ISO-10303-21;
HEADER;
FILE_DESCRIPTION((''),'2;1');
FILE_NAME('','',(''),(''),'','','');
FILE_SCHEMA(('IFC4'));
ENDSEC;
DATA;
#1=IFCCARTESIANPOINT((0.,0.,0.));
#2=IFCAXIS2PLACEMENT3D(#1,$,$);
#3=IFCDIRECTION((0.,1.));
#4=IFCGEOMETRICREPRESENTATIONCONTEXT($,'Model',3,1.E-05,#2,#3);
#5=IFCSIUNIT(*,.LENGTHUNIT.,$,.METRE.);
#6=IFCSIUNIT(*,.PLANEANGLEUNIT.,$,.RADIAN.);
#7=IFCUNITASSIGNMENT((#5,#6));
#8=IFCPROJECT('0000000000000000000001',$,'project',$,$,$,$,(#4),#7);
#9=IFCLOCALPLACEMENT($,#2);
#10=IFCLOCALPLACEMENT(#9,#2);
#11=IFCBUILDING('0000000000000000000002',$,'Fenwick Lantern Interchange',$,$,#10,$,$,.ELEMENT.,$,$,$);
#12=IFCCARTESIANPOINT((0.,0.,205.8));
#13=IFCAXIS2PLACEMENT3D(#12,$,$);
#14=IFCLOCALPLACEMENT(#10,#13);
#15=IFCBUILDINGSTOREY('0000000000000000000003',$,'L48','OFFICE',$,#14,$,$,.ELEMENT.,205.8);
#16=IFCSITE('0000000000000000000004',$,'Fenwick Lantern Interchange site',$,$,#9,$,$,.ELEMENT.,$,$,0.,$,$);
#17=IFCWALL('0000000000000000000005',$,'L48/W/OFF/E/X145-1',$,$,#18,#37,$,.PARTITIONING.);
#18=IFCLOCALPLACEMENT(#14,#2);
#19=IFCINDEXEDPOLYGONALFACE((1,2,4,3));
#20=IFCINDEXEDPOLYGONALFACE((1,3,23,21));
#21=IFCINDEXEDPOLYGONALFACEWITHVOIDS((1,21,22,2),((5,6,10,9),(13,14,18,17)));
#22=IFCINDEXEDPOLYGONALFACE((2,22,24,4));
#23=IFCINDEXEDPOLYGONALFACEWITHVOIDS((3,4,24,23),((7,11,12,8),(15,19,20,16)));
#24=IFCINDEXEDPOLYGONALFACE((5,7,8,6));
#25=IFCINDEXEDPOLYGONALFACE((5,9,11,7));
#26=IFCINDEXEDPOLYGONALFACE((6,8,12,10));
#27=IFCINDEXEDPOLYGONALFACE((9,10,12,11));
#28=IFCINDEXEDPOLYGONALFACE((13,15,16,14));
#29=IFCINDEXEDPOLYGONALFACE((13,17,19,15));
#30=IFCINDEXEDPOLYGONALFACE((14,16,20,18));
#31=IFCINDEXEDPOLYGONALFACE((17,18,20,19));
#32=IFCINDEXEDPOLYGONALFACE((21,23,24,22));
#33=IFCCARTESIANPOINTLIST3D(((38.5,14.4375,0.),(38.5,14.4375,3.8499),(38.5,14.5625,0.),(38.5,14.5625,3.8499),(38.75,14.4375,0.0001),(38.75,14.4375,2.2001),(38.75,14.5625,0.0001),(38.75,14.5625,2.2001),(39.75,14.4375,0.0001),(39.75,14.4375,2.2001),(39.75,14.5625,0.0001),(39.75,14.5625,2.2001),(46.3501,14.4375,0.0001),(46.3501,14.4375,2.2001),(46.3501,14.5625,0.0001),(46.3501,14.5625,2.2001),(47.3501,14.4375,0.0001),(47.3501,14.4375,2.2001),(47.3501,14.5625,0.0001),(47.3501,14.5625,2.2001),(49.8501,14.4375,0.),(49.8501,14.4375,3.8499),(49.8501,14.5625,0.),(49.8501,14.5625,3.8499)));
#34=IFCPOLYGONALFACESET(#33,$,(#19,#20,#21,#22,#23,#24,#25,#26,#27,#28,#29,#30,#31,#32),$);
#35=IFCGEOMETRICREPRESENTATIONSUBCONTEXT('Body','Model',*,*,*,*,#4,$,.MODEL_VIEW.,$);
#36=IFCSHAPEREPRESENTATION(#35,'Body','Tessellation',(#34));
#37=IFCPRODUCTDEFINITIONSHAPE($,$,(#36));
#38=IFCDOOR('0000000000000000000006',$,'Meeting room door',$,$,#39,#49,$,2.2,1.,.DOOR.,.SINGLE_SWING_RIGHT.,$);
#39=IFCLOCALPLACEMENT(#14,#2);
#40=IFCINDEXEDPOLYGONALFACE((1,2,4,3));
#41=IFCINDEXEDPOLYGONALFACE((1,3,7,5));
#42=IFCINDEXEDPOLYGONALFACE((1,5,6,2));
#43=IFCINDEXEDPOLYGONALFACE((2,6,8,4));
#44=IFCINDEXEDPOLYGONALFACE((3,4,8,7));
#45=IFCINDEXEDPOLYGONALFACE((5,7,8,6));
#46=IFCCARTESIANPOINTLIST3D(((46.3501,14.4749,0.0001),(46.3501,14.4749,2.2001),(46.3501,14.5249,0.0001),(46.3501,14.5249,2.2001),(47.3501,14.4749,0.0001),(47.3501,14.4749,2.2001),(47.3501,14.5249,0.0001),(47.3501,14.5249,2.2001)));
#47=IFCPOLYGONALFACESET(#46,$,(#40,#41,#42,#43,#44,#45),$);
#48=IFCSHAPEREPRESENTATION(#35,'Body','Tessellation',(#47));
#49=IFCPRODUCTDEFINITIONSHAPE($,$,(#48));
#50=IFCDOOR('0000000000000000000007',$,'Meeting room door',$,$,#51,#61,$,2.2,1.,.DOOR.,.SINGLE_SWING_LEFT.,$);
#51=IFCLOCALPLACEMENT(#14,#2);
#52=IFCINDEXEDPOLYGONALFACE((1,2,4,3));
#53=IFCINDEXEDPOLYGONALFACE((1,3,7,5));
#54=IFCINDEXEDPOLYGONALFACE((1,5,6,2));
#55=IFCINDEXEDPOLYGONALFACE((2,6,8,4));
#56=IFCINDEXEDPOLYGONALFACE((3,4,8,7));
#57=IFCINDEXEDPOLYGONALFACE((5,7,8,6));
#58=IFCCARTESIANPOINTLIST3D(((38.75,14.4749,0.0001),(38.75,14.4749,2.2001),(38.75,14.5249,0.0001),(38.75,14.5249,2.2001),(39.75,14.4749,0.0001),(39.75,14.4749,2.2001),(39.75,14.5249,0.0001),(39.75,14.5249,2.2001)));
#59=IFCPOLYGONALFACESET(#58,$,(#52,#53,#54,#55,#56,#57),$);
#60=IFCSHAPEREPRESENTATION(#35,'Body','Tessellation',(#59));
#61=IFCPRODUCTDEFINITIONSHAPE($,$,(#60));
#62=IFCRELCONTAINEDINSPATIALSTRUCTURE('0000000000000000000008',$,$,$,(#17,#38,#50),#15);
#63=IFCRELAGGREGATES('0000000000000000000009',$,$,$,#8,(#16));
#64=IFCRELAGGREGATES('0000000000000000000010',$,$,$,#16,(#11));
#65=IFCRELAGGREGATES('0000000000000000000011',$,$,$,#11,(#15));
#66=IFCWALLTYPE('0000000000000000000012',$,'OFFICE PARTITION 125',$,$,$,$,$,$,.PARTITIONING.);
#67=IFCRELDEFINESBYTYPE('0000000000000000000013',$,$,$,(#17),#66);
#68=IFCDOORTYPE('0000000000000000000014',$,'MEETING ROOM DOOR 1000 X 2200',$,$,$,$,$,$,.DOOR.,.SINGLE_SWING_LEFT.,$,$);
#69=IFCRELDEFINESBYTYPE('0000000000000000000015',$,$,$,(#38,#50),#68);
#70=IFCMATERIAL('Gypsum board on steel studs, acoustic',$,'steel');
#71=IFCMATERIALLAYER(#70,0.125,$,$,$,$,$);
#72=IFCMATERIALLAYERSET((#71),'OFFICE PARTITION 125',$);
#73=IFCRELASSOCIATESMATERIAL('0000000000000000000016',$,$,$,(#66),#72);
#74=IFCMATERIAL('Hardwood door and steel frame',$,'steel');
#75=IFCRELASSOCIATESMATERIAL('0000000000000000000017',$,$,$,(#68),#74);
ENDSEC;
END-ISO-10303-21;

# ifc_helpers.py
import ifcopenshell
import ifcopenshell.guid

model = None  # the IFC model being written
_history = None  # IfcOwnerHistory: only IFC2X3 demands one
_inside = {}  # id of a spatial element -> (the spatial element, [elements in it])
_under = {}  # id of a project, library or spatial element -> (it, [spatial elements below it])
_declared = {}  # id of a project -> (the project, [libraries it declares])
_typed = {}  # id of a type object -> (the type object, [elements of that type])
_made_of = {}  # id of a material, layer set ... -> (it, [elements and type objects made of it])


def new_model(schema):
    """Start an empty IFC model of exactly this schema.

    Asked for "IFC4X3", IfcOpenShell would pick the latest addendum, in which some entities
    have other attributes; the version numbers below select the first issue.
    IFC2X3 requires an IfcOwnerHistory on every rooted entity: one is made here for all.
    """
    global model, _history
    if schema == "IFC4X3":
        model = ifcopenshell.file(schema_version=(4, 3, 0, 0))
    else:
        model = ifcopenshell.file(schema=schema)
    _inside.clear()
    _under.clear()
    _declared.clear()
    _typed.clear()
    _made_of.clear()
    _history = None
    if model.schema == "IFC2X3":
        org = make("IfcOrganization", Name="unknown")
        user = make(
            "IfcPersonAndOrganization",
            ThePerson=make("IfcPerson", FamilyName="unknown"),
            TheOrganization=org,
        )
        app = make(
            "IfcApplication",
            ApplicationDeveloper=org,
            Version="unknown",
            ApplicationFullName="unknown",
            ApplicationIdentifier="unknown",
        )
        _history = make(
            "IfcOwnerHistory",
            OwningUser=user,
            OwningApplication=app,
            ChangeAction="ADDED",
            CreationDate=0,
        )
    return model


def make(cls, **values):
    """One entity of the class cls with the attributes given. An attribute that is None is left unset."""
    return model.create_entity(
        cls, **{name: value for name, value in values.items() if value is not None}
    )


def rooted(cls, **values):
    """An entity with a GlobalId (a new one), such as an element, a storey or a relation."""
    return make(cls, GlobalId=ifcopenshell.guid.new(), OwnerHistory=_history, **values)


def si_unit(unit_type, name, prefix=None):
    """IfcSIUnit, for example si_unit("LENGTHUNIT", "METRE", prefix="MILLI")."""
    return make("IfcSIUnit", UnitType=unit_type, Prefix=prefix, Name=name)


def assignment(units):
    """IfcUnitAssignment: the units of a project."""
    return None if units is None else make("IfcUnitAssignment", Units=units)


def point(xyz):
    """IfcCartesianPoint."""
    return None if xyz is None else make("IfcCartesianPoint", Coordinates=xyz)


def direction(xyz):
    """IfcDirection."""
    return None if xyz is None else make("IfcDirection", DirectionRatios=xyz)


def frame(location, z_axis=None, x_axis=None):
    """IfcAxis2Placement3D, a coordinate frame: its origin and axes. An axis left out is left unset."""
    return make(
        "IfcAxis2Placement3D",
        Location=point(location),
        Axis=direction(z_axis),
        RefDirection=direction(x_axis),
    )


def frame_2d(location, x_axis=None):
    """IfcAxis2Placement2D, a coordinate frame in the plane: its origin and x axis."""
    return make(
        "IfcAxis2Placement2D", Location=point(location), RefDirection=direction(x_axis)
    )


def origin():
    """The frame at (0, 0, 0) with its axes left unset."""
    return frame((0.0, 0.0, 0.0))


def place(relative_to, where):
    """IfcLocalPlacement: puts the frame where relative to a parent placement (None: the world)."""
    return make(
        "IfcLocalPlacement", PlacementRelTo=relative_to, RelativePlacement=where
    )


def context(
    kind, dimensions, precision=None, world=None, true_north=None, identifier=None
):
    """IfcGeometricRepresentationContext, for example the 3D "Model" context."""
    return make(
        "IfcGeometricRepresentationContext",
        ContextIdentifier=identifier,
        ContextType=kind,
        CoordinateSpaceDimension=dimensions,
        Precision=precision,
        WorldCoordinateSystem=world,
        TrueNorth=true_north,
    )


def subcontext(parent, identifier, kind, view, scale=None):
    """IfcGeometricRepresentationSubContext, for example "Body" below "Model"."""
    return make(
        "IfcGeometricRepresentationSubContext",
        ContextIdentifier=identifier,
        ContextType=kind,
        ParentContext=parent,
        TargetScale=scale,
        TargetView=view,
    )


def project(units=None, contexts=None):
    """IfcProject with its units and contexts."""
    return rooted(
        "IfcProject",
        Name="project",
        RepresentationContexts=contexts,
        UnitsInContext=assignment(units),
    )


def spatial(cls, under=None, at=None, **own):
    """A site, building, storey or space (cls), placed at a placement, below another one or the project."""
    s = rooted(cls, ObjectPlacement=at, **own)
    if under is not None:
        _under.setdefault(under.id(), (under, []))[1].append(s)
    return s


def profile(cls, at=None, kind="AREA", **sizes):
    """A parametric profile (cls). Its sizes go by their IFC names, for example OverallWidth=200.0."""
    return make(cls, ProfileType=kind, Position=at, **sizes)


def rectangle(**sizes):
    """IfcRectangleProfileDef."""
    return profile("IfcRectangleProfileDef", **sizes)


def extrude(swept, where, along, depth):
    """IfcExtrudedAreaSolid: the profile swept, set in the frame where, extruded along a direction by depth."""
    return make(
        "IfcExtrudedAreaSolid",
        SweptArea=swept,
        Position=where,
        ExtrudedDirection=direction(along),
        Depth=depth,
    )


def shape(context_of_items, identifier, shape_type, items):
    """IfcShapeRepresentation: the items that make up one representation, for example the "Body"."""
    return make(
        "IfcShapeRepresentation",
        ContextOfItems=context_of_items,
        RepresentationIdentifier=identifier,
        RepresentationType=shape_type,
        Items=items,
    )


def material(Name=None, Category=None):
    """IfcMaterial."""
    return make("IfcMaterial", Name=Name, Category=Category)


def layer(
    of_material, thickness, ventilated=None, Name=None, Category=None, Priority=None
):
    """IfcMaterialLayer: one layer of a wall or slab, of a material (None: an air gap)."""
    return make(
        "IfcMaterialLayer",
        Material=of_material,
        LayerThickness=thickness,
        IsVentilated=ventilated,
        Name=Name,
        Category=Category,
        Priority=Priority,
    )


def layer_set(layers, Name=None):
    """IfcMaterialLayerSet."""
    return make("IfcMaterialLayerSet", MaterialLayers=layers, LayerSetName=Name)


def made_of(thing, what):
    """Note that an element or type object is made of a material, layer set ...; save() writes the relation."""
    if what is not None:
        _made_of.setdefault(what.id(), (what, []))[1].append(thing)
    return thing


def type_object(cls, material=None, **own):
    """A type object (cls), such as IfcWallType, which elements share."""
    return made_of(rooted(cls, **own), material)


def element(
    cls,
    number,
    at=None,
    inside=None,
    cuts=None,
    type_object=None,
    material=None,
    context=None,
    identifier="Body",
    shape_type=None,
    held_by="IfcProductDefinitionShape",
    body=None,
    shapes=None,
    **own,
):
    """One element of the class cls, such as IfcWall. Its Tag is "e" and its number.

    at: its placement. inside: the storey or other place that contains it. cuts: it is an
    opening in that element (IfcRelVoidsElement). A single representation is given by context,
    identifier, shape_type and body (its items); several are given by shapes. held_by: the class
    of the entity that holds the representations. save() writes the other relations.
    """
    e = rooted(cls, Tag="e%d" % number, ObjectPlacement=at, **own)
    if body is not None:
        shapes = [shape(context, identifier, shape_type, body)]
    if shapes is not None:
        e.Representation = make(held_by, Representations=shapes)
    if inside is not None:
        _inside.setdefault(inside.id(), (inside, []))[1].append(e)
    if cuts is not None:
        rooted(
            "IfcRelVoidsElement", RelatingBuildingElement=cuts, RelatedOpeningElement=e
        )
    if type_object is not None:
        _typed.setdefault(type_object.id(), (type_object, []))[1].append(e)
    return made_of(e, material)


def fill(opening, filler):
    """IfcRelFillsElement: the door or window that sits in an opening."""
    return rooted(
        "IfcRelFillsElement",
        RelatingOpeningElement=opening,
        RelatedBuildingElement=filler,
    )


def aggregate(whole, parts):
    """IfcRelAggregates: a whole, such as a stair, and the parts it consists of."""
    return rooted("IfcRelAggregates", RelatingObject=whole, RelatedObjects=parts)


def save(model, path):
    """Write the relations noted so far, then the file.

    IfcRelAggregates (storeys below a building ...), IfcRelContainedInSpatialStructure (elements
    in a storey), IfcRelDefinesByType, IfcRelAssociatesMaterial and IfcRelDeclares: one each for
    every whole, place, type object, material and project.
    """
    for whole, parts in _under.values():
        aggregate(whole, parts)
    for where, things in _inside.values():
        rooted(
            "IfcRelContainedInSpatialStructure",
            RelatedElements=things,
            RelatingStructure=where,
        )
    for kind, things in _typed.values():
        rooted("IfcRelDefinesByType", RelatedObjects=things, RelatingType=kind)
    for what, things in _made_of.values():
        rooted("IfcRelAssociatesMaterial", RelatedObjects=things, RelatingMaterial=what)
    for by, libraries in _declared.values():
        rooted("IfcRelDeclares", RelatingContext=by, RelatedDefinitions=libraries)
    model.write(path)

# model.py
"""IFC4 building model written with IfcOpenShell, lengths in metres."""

from ifc_helpers import new_model, si_unit, direction, frame, frame_2d, origin, place, context, subcontext, project, spatial, rectangle, extrude, material, layer, layer_set, type_object, element, fill, save


model = new_model("IFC4")

# Units and contexts
model_context = context("Model", 3, precision=1e-05, world=origin(), true_north=direction((0.0, 1.0)))
body_context = subcontext(model_context, "Body", "Model", "MODEL_VIEW")
ifc_project = project(units=[si_unit("LENGTHUNIT", "METRE"), si_unit("PLANEANGLEUNIT", "RADIAN")], contexts=[model_context])

# Site, building, storey
site_placement = place(None, origin())
site = spatial("IfcSite", under=ifc_project, at=site_placement, Name="Fenwick Lantern Interchange site", CompositionType="ELEMENT", RefElevation=0.0)
building_placement = place(site_placement, origin())
building = spatial("IfcBuilding", under=site, at=building_placement, Name="Fenwick Lantern Interchange", CompositionType="ELEMENT")
storey_placement = place(building_placement, frame((0.0, 0.0, 205.8)))
storey = spatial("IfcBuildingStorey", under=building, at=storey_placement, Name="L48", Description="OFFICE", CompositionType="ELEMENT", Elevation=205.8)

# Wall, openings, doors
ifc_material_1 = material(Name="Gypsum board on steel studs, acoustic", Category="steel")
ifc_layer_1 = layer(ifc_material_1, 0.125)
ifc_layer_set_1 = layer_set([ifc_layer_1], Name="OFFICE PARTITION 125")
wall_type_1 = type_object("IfcWallType", Name="OFFICE PARTITION 125", PredefinedType="PARTITIONING", material=ifc_layer_set_1)
wall_1_placement = place(storey_placement, frame((49.8501, 14.5, 0.0), z_axis=(0.0, 0.0, 1.0), x_axis=(-1.0, 0.0, 0.0)))
wall_1 = element("IfcWall", 1, at=wall_1_placement, inside=storey, type_object=wall_type_1, Name="L48/W/OFF/E/X145-1", PredefinedType="PARTITIONING", context=body_context, shape_type="SweptSolid", body=[
    extrude(rectangle(XDim=11.3501, YDim=0.125, at=frame_2d((5.675, 0.0))), origin(), (0.0, 0.0, 1.0), 3.8499),
])
opening_1_placement = place(wall_1_placement, frame((2.5, 0.0, 0.0)))
opening_1 = element("IfcOpeningElement", 2, at=opening_1_placement, cuts=wall_1, PredefinedType="OPENING", context=body_context, shape_type="SweptSolid", body=[
    extrude(rectangle(XDim=1.0, YDim=2.2, at=frame_2d((0.5, 1.1001))), frame((0.0, 0.0725, 0.0), z_axis=(0.0, -1.0, 0.0), x_axis=(1.0, 0.0, 0.0)), (0.0, 0.0, 1.0), 0.145),
])
opening_2_placement = place(wall_1_placement, frame((10.1001, 0.0, 0.0)))
opening_2 = element("IfcOpeningElement", 3, at=opening_2_placement, cuts=wall_1, PredefinedType="OPENING", context=body_context, shape_type="SweptSolid", body=[
    extrude(rectangle(XDim=1.0, YDim=2.2, at=frame_2d((0.5, 1.1001))), frame((0.0, 0.0725, 0.0), z_axis=(0.0, -1.0, 0.0), x_axis=(1.0, 0.0, 0.0)), (0.0, 0.0, 1.0), 0.145),
])
ifc_material_2 = material(Name="Hardwood door and steel frame", Category="steel")
door_type = type_object("IfcDoorType", Name="MEETING ROOM DOOR 1000 X 2200", OperationType="SINGLE_SWING_LEFT", PredefinedType="DOOR", material=ifc_material_2)
door_1_placement = place(opening_1_placement, frame((1.0, 0.0, 0.0), z_axis=(0.0, 0.0, 1.0), x_axis=(-1.0, 0.0, 0.0)))
door_1 = element("IfcDoor", 4, at=door_1_placement, inside=storey, type_object=door_type, Name="Meeting room door", OperationType="SINGLE_SWING_RIGHT", OverallHeight=2.2, OverallWidth=1.0, PredefinedType="DOOR", context=body_context, shape_type="SweptSolid", body=[
    extrude(rectangle(XDim=1.0, YDim=2.2, at=frame_2d((0.5, 1.1001))), frame((0.0, 0.0249, 0.0), z_axis=(0.0, -1.0, 0.0), x_axis=(1.0, 0.0, 0.0)), (0.0, 0.0, 1.0), 0.05),
])
fill(opening_1, door_1)
door_2_placement = place(opening_2_placement, frame((1.0, 0.0, 0.0), z_axis=(0.0, 0.0, 1.0), x_axis=(-1.0, 0.0, 0.0)))
door_2 = element("IfcDoor", 5, at=door_2_placement, inside=storey, type_object=door_type, Name="Meeting room door", OperationType="SINGLE_SWING_LEFT", OverallHeight=2.2, OverallWidth=1.0, PredefinedType="DOOR", context=body_context, shape_type="SweptSolid", body=[
    extrude(rectangle(XDim=1.0, YDim=2.2, at=frame_2d((0.5, 1.1001))), frame((0.0, 0.0249, 0.0), z_axis=(0.0, -1.0, 0.0), x_axis=(1.0, 0.0, 0.0)), (0.0, 0.0, 1.0), 0.05),
])
fill(opening_2, door_2)

save(model, "model.ifc")
